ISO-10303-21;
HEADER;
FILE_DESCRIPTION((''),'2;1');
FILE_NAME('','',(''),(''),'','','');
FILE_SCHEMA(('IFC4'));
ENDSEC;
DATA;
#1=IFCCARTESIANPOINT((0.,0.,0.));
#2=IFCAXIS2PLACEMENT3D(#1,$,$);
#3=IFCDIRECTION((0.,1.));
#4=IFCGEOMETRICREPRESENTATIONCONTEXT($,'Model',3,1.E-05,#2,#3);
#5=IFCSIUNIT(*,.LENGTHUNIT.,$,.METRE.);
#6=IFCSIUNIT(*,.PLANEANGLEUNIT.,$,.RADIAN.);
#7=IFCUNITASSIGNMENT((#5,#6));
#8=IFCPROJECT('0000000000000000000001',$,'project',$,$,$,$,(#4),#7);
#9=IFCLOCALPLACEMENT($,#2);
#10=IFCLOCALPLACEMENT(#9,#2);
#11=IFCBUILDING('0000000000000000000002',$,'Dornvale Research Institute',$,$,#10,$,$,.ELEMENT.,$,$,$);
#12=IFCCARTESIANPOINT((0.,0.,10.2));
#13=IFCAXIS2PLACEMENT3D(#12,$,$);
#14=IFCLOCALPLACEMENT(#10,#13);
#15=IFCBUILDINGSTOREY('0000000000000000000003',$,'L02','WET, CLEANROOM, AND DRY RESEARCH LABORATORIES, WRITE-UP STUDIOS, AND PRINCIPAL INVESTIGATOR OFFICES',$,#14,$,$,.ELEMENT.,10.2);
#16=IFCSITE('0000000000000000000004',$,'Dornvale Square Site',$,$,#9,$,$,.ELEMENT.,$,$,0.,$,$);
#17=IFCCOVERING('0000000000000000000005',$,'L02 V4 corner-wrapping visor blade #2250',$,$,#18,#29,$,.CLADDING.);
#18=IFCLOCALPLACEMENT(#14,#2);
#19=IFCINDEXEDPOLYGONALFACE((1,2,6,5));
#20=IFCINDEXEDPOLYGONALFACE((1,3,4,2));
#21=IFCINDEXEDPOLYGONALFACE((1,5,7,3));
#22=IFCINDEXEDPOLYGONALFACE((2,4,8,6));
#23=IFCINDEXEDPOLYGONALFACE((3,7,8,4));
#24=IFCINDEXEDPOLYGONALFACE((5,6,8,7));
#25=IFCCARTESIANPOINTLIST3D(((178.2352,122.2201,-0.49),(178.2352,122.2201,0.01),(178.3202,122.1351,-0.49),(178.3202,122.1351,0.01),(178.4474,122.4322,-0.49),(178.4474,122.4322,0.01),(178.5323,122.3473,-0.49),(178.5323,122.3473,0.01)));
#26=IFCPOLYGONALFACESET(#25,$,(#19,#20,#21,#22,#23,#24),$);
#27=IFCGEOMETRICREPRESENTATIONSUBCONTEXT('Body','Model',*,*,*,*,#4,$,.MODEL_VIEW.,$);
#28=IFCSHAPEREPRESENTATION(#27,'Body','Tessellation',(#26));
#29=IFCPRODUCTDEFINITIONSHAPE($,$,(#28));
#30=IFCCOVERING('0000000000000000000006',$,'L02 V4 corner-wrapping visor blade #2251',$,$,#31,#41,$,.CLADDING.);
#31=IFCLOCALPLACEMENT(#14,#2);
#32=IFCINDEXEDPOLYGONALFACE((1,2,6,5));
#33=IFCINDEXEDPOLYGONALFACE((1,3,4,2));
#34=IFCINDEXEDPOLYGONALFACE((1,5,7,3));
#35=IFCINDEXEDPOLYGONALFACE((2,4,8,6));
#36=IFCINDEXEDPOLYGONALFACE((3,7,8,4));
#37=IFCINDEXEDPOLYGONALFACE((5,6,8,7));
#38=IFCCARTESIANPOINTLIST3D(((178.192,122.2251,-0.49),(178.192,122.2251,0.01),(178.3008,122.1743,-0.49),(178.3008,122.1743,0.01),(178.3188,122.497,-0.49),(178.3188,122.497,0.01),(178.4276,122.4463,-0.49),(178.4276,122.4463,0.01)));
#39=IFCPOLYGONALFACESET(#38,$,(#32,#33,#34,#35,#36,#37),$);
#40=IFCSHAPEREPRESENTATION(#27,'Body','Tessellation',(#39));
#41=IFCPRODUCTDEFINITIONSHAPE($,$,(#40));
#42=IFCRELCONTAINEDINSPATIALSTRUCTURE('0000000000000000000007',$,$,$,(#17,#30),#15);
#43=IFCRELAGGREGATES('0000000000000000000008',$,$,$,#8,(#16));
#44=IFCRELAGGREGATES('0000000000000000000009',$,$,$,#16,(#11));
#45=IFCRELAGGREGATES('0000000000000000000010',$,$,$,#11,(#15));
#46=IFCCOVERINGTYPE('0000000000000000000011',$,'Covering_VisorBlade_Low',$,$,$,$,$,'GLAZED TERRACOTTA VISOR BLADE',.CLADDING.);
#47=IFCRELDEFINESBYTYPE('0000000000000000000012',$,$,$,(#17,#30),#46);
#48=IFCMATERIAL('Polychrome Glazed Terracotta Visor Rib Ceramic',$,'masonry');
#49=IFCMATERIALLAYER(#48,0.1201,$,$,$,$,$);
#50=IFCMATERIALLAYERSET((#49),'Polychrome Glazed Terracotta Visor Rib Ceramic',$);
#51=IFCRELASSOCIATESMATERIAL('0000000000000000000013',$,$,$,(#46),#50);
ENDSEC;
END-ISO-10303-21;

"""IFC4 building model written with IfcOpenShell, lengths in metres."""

from ifc_helpers import new_model, si_unit, direction, frame, origin, origin_2d, place, context, subcontext, project, spatial, rectangle, extrude, material, layer, layer_set, type_object, element, save


model = new_model("IFC4")

# Units and contexts
model_context = context("Model", 3, precision=1e-05, world=origin(), true_north=direction((0.0, 1.0)))
body_context = subcontext(model_context, "Body", "Model", "MODEL_VIEW")
ifc_project = project(units=[si_unit("LENGTHUNIT", "METRE"), si_unit("PLANEANGLEUNIT", "RADIAN")], contexts=[model_context])

# Site, building, storey
site_placement = place(None, origin())
site = spatial("IfcSite", under=ifc_project, at=site_placement, Name="Dornvale Square Site", CompositionType="ELEMENT", RefElevation=0.0)
building_placement = place(site_placement, origin())
building = spatial("IfcBuilding", under=site, at=building_placement, Name="Dornvale Research Institute", CompositionType="ELEMENT")
storey_placement = place(building_placement, frame((0.0, 0.0, 10.2)))
storey = spatial("IfcBuildingStorey", under=building, at=storey_placement, Name="L02", Description="WET, CLEANROOM, AND DRY RESEARCH LABORATORIES, WRITE-UP STUDIOS, AND PRINCIPAL INVESTIGATOR OFFICES", CompositionType="ELEMENT", Elevation=10.2)

# Coverings
ifc_material_1 = material(Name="Polychrome Glazed Terracotta Visor Rib Ceramic", Category="masonry")
ifc_layer_1 = layer(ifc_material_1, 0.1201)
ifc_layer_set_1 = layer_set([ifc_layer_1], Name="Polychrome Glazed Terracotta Visor Rib Ceramic")
covering_type = type_object("IfcCoveringType", Name="Covering_VisorBlade_Low", ElementType="GLAZED TERRACOTTA VISOR BLADE", PredefinedType="CLADDING", material=ifc_layer_set_1)
for number, where, z_axis, x_axis, name in (
    (1, (178.3838, 122.2837, -0.49), (0.0, 0.0, 1.0), (0.707107, 0.707107, 0.0), "L02 V4 corner-wrapping visor blade #2250"),
    (2, (178.3098, 122.3357, -0.49), (0.0, 0.0, 1.0), (0.422618, 0.906308, 0.0), "L02 V4 corner-wrapping visor blade #2251"),
):
    element("IfcCovering", number, at=place(storey_placement, frame(where, z_axis=z_axis, x_axis=x_axis)), inside=storey, type_object=covering_type, Name=name, PredefinedType="CLADDING", context=body_context, shape_type="SweptSolid", body=[
        extrude(rectangle(XDim=0.3, YDim=0.1201, at=origin_2d()), origin(), (0.0, 0.0, 1.0), 0.5),
    ])

save(model, "model.ifc")
